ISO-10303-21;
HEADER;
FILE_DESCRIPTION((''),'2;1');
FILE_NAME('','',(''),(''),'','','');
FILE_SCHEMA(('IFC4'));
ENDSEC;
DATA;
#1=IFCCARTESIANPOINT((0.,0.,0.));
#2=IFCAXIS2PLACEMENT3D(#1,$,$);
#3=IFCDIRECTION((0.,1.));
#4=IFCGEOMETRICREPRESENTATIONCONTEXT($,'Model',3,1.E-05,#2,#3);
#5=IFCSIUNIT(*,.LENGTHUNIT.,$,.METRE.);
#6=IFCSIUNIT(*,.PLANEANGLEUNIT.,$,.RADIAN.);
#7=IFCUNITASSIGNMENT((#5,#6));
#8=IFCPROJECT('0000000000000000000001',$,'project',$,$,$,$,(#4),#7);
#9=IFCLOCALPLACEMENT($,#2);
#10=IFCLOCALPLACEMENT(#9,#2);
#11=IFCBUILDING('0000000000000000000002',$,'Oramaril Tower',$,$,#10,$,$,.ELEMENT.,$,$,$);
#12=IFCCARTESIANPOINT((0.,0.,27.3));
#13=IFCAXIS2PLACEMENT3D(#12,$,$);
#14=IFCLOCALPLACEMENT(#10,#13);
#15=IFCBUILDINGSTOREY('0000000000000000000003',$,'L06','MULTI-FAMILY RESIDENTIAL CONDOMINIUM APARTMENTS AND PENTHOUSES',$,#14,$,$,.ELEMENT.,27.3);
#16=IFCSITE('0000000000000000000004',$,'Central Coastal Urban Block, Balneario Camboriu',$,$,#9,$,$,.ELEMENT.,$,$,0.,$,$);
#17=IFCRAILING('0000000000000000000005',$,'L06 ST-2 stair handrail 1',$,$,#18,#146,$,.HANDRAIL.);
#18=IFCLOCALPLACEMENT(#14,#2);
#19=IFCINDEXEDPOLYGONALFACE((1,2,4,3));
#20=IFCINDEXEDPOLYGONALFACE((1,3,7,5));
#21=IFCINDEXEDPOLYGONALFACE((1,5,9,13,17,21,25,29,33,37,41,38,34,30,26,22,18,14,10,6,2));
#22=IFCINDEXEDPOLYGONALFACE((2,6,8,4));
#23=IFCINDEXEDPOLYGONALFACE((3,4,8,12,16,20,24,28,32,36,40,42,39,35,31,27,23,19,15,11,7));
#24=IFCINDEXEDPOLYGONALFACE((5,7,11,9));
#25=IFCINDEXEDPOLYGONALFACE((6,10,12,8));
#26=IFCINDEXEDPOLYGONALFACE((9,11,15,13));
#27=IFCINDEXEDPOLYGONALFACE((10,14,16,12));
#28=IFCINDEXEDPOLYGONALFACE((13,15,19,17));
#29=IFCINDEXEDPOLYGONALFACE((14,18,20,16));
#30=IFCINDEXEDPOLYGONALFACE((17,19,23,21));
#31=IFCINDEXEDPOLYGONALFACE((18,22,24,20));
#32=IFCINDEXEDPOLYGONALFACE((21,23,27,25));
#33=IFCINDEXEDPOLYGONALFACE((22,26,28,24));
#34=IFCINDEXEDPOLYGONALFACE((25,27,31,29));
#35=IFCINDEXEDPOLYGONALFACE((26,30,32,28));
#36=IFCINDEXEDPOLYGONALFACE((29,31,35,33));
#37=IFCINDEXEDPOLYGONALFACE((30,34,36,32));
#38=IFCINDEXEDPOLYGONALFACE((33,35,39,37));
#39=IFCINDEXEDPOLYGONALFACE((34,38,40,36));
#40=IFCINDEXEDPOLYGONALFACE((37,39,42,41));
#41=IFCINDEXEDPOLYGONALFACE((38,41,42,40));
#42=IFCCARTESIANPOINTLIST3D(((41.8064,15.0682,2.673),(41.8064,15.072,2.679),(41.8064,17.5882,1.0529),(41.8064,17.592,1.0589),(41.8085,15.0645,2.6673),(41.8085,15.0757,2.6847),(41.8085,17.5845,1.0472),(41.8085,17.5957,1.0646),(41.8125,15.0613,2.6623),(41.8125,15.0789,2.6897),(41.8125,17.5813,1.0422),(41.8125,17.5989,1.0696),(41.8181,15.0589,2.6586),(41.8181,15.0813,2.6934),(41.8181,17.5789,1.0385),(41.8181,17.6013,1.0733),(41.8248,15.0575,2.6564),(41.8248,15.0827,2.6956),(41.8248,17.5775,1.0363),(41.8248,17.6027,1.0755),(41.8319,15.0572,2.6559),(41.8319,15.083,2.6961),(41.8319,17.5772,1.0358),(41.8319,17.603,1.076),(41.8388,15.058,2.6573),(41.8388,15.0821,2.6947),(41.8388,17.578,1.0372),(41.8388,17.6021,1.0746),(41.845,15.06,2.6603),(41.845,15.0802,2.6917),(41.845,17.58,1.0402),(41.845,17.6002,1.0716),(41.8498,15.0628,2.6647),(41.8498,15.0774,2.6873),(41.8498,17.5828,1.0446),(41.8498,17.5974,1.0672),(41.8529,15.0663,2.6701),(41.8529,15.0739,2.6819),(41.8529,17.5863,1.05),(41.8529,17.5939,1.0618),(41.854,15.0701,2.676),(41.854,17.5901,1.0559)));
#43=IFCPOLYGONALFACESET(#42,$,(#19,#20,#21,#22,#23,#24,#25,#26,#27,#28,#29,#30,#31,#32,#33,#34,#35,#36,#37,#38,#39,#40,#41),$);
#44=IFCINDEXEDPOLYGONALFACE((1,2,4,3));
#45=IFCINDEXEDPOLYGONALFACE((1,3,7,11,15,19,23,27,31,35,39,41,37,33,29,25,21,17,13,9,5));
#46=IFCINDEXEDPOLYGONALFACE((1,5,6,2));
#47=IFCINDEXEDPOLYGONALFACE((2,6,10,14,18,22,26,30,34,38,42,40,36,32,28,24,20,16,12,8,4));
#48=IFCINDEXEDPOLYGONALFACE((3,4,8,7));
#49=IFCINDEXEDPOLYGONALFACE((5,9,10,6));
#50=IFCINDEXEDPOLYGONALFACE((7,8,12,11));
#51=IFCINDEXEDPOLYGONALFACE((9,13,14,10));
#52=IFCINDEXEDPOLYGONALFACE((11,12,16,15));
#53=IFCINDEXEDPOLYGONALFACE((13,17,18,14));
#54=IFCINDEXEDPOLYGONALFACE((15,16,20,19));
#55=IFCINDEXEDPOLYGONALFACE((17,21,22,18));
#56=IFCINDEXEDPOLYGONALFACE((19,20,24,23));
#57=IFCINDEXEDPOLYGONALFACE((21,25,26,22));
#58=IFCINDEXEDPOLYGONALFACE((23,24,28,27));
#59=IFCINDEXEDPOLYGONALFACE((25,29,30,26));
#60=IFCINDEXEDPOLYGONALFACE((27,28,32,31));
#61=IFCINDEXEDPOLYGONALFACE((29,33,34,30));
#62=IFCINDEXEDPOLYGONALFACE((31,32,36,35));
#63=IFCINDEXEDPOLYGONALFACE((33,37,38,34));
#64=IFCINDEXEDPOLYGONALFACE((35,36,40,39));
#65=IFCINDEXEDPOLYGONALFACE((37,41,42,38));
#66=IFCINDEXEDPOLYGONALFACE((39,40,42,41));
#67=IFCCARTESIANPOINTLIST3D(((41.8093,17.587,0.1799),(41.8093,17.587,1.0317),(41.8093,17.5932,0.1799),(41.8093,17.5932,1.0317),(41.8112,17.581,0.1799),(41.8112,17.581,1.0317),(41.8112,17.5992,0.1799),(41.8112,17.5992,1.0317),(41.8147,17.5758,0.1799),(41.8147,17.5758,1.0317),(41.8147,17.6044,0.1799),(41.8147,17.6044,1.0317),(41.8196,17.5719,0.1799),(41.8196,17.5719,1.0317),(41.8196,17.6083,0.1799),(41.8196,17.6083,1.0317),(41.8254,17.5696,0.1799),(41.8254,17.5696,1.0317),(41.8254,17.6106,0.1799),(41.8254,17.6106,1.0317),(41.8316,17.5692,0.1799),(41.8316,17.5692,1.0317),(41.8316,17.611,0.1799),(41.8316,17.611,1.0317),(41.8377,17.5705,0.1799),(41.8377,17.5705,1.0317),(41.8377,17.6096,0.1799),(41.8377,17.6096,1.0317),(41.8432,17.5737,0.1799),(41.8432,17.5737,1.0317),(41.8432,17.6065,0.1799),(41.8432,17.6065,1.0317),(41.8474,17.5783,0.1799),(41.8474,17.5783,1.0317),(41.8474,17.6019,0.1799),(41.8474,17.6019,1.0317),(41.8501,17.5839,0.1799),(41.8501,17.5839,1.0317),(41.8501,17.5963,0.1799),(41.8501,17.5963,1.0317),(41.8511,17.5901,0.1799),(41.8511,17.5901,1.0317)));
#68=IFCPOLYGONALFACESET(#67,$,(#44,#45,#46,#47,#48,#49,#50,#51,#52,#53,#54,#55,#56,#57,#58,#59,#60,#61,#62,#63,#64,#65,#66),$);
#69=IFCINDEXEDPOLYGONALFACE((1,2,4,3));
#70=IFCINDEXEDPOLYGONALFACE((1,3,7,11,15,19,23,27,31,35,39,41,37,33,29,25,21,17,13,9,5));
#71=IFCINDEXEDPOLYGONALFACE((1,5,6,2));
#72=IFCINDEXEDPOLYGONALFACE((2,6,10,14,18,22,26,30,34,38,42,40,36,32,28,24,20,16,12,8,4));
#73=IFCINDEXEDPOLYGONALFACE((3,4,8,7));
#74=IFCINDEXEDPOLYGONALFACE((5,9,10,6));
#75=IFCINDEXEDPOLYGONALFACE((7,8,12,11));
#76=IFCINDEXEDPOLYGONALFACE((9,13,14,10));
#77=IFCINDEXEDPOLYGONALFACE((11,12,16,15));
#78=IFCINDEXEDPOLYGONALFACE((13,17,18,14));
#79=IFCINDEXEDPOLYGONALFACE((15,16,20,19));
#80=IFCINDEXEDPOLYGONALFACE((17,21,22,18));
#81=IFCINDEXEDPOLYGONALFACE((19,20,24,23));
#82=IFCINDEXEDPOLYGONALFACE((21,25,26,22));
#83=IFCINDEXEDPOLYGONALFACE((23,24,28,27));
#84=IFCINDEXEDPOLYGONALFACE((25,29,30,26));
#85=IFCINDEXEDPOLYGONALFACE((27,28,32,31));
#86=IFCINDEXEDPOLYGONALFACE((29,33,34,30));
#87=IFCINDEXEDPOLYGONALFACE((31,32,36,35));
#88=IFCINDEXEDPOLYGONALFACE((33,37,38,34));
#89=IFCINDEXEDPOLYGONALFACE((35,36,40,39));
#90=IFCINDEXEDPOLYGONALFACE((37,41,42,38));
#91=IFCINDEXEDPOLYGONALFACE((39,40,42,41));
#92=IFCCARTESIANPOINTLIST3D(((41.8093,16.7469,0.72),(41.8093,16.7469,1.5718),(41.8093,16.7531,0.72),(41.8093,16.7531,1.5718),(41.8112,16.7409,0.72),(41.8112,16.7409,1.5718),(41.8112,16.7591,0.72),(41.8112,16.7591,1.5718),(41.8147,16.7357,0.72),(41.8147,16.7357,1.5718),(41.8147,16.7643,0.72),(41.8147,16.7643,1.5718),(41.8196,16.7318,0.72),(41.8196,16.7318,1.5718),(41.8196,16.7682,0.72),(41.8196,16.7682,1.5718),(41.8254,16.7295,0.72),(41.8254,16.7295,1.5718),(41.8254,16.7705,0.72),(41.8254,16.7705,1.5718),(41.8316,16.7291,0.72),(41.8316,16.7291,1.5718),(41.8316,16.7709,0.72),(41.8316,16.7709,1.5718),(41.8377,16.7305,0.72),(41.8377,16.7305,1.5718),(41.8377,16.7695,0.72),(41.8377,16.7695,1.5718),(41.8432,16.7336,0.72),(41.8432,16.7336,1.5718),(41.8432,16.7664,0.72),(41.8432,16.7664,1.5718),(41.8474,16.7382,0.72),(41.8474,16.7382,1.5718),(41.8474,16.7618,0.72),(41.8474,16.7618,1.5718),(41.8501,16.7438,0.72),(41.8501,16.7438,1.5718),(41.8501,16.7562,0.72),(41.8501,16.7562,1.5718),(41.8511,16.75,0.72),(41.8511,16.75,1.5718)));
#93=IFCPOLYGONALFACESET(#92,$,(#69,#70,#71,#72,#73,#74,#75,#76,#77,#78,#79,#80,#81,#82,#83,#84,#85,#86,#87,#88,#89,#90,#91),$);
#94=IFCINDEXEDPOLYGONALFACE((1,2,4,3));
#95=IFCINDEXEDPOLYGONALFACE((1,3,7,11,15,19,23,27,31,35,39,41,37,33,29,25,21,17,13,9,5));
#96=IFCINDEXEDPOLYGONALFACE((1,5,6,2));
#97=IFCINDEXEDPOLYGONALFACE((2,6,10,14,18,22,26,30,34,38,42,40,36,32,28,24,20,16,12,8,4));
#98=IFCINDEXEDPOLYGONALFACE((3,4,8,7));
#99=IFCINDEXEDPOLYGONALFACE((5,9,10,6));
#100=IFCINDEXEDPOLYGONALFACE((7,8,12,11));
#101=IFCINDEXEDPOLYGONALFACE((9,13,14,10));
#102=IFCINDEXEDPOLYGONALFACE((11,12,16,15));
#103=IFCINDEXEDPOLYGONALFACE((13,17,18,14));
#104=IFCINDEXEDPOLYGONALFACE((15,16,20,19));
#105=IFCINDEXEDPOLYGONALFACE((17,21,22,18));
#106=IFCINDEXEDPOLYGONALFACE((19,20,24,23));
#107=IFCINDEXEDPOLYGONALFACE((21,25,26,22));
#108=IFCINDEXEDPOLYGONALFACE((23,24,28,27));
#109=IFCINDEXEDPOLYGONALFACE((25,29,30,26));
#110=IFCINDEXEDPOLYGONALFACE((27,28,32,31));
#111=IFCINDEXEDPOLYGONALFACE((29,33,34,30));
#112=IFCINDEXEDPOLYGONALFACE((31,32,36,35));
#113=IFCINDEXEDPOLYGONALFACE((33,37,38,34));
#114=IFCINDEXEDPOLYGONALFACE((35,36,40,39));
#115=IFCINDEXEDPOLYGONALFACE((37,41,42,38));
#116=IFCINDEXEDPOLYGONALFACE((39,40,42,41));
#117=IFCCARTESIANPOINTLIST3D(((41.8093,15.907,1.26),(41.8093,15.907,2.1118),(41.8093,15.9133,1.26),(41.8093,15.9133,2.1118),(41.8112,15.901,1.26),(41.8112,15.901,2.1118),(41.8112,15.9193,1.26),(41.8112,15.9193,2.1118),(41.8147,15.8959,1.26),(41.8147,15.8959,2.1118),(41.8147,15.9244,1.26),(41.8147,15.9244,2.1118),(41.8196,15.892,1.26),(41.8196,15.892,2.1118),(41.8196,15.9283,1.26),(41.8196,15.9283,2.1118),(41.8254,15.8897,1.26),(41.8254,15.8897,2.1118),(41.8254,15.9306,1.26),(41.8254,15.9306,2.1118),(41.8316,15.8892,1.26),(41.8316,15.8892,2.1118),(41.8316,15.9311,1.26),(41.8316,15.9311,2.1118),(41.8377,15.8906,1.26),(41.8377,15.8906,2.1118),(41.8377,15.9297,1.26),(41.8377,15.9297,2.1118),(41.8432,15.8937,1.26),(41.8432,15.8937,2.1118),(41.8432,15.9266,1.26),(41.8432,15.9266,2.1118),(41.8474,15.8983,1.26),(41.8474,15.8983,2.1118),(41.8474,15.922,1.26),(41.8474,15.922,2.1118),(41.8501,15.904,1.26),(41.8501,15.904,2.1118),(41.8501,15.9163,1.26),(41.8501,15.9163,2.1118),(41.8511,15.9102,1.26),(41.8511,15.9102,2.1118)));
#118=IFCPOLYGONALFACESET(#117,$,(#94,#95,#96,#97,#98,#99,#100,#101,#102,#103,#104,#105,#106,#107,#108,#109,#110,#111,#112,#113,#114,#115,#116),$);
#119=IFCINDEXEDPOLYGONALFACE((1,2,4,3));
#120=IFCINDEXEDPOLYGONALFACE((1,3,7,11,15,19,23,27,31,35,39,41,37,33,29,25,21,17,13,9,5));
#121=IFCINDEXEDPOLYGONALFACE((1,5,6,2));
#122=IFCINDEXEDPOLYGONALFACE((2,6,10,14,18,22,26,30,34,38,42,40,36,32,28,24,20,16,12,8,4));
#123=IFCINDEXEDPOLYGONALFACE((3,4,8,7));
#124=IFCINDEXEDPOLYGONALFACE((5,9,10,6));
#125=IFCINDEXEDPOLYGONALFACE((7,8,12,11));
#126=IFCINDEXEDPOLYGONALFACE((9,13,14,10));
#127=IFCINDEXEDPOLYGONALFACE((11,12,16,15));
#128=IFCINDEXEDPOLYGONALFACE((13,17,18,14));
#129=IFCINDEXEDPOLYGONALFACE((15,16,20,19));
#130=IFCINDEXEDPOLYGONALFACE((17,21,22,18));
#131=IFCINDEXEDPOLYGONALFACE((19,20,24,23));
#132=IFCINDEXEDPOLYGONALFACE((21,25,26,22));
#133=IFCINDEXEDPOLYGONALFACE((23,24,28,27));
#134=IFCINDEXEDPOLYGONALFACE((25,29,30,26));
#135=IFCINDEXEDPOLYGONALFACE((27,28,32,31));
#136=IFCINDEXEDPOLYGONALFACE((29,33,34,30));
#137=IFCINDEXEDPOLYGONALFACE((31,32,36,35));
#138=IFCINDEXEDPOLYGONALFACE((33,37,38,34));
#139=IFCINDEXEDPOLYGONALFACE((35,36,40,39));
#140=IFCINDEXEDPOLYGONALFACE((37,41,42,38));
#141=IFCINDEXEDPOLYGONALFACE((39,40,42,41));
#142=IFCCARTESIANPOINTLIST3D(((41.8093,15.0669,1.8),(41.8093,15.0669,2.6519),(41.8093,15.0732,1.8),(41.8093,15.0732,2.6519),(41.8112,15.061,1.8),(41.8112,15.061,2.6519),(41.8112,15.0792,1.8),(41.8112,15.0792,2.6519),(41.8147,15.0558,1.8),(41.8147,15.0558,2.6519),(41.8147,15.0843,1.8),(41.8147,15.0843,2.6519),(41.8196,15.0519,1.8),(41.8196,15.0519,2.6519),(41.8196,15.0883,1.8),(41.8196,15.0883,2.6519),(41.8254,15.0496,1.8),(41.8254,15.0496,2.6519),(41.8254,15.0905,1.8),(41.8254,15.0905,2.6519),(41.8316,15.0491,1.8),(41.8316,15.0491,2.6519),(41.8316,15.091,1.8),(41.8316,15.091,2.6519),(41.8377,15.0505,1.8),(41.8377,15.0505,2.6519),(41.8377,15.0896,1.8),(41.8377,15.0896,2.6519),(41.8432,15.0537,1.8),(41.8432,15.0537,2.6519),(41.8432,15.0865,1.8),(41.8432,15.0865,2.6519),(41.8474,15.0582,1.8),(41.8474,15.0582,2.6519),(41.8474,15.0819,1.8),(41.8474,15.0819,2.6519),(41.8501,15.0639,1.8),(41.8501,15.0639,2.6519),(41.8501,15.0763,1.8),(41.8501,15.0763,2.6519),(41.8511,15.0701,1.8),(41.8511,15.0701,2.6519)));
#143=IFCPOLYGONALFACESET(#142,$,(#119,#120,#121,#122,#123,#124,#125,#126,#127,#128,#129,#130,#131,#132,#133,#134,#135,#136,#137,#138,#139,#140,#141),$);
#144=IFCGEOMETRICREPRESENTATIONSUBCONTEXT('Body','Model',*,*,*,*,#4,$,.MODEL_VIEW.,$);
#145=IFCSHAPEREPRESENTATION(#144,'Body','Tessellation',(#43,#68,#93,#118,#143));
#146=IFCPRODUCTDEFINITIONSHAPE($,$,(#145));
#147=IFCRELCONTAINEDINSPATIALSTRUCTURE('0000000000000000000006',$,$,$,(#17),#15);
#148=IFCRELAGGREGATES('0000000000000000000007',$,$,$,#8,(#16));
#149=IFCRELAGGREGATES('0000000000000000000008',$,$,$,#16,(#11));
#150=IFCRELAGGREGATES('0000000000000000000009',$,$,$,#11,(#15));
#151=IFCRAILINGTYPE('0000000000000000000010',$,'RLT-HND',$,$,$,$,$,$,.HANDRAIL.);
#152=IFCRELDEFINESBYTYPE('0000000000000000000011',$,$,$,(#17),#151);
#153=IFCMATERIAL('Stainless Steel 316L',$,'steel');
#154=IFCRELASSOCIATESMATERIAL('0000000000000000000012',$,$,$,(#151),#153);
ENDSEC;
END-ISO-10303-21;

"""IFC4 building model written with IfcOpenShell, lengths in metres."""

from ifc_helpers import new_model, si_unit, direction, frame, origin, origin_2d, place, context, subcontext, project, spatial, circle, extrude, material, type_object, element, save


model = new_model("IFC4")

# Units and contexts
model_context = context("Model", 3, precision=1e-05, world=origin(), true_north=direction((0.0, 1.0)))
body_context = subcontext(model_context, "Body", "Model", "MODEL_VIEW")
ifc_project = project(units=[si_unit("LENGTHUNIT", "METRE"), si_unit("PLANEANGLEUNIT", "RADIAN")], contexts=[model_context])

# Site, building, storey
site_placement = place(None, origin())
site = spatial("IfcSite", under=ifc_project, at=site_placement, Name="Central Coastal Urban Block, Balneario Camboriu", CompositionType="ELEMENT", RefElevation=0.0)
building_placement = place(site_placement, origin())
building = spatial("IfcBuilding", under=site, at=building_placement, Name="Oramaril Tower", CompositionType="ELEMENT")
storey_placement = place(building_placement, frame((0.0, 0.0, 27.3)))
storey = spatial("IfcBuildingStorey", under=building, at=storey_placement, Name="L06", Description="MULTI-FAMILY RESIDENTIAL CONDOMINIUM APARTMENTS AND PENTHOUSES", CompositionType="ELEMENT", Elevation=27.3)

# Railing
ifc_material_1 = material(Name="Stainless Steel 316L", Category="steel")
railing_type_1 = type_object("IfcRailingType", Name="RLT-HND", PredefinedType="HANDRAIL", material=ifc_material_1)
railing_1_placement = place(storey_placement, frame((41.8301, 17.5901, 0.1799)))
element("IfcRailing", 1, at=railing_1_placement, inside=storey, type_object=railing_type_1, Name="L06 ST-2 stair handrail 1", PredefinedType="HANDRAIL", context=body_context, shape_type="SweptSolid", body=[
    extrude(circle(Radius=0.0239, at=origin_2d()), frame((0.0, 0.0, 0.876), z_axis=(0.0, -0.841163, 0.540782), x_axis=(1.0, 0.0, 0.0)), (0.0, 0.0, 1.0), 2.9958),
    extrude(circle(Radius=0.021, at=origin_2d()), origin(), (0.0, 0.0, 1.0), 0.8518),
    extrude(circle(Radius=0.021, at=origin_2d()), frame((0.0, -0.8401, 0.54)), (0.0, 0.0, 1.0), 0.8518),
    extrude(circle(Radius=0.021, at=origin_2d()), frame((0.0, -1.6799, 1.0801)), (0.0, 0.0, 1.0), 0.8518),
    extrude(circle(Radius=0.021, at=origin_2d()), frame((0.0, -2.52, 1.6201)), (0.0, 0.0, 1.0), 0.8518),
])

save(model, "model.ifc")
